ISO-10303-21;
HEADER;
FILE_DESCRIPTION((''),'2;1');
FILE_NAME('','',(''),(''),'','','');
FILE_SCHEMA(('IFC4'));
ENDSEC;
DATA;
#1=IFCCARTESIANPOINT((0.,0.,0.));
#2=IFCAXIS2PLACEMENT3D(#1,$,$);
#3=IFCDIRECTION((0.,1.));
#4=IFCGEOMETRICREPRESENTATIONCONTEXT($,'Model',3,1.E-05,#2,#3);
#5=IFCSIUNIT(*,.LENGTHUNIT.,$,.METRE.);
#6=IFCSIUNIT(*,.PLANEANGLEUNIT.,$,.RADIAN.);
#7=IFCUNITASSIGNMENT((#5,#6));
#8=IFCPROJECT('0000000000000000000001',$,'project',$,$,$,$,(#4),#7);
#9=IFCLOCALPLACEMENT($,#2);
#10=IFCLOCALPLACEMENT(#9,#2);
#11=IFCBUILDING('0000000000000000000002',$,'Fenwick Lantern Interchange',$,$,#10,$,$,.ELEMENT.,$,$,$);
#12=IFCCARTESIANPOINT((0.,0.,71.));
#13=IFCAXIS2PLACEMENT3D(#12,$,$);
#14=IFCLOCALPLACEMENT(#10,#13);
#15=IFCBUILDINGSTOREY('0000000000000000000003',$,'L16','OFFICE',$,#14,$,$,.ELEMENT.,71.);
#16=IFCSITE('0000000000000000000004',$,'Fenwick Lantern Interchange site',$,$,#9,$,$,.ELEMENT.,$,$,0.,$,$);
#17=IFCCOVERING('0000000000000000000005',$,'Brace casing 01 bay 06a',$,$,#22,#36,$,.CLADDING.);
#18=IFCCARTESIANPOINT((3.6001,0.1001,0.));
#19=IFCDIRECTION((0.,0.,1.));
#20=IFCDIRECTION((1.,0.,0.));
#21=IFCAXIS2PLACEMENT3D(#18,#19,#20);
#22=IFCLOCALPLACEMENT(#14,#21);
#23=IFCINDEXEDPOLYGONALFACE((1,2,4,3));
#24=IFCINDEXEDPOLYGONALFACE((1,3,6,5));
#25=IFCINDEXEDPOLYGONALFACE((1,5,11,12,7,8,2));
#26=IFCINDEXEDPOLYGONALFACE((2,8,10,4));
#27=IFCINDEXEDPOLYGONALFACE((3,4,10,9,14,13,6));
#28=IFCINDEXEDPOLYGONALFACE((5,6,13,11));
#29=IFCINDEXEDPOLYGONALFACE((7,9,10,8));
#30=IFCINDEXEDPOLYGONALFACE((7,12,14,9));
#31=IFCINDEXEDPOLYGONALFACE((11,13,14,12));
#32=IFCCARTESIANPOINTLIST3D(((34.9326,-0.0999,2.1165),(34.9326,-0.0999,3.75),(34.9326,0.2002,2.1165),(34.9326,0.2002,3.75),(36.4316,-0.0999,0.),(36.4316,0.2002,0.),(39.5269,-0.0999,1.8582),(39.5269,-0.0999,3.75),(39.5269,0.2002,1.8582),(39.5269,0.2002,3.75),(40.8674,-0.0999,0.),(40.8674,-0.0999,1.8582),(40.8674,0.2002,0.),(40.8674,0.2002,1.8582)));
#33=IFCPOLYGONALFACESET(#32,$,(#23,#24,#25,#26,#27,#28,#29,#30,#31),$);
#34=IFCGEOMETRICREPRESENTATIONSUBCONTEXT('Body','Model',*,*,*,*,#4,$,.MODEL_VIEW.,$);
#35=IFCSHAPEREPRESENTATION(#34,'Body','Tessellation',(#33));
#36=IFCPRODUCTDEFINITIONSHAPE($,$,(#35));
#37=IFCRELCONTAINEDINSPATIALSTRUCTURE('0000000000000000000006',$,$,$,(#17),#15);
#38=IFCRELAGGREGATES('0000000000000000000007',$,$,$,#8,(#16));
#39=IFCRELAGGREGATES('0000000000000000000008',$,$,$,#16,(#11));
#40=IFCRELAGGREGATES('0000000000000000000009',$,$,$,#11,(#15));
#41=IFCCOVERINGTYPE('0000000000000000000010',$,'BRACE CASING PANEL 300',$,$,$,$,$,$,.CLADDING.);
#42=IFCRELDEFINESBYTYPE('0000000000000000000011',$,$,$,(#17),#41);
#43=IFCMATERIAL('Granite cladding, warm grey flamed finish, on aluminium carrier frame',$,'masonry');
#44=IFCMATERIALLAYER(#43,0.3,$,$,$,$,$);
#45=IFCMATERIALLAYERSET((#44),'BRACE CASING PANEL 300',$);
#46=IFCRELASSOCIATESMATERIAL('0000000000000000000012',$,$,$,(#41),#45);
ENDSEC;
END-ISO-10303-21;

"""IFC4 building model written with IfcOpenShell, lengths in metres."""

from ifc_helpers import new_model, si_unit, direction, frame, origin, place, context, subcontext, project, spatial, polyline, outline, extrude, material, layer, layer_set, type_object, element, save


model = new_model("IFC4")

# Units and contexts
model_context = context("Model", 3, precision=1e-05, world=origin(), true_north=direction((0.0, 1.0)))
body_context = subcontext(model_context, "Body", "Model", "MODEL_VIEW")
ifc_project = project(units=[si_unit("LENGTHUNIT", "METRE"), si_unit("PLANEANGLEUNIT", "RADIAN")], contexts=[model_context])

# Site, building, storey
site_placement = place(None, origin())
site = spatial("IfcSite", under=ifc_project, at=site_placement, Name="Fenwick Lantern Interchange site", CompositionType="ELEMENT", RefElevation=0.0)
building_placement = place(site_placement, origin())
building = spatial("IfcBuilding", under=site, at=building_placement, Name="Fenwick Lantern Interchange", CompositionType="ELEMENT")
storey_placement = place(building_placement, frame((0.0, 0.0, 71.0)))
storey = spatial("IfcBuildingStorey", under=building, at=storey_placement, Name="L16", Description="OFFICE", CompositionType="ELEMENT", Elevation=71.0)

# Covering
ifc_material_1 = material(Name="Granite cladding, warm grey flamed finish, on aluminium carrier frame", Category="masonry")
ifc_layer_1 = layer(ifc_material_1, 0.3)
ifc_layer_set_1 = layer_set([ifc_layer_1], Name="BRACE CASING PANEL 300")
covering_type = type_object("IfcCoveringType", Name="BRACE CASING PANEL 300", PredefinedType="CLADDING", material=ifc_layer_set_1)
covering_placement = place(storey_placement, frame((3.6001, 0.1001, 0.0), z_axis=(0.0, 0.0, 1.0), x_axis=(1.0, 0.0, 0.0)))
element("IfcCovering", 1, at=covering_placement, inside=storey, type_object=covering_type, Name="Brace casing 01 bay 06a", PredefinedType="CLADDING", context=body_context, shape_type="SweptSolid", body=[
    extrude(outline(polyline([(36.4316, 0.0), (40.8674, 0.0), (40.8674, 1.8582), (39.5269, 1.8582), (39.5269, 3.75), (34.9326, 3.75), (34.9326, 2.1165), (36.4316, 0.0)])), frame((0.0, 0.2002, 0.0), z_axis=(0.0, -1.0, 0.0), x_axis=(1.0, 0.0, 0.0)), (0.0, 0.0, 1.0), 0.3),
])

save(model, "model.ifc")
